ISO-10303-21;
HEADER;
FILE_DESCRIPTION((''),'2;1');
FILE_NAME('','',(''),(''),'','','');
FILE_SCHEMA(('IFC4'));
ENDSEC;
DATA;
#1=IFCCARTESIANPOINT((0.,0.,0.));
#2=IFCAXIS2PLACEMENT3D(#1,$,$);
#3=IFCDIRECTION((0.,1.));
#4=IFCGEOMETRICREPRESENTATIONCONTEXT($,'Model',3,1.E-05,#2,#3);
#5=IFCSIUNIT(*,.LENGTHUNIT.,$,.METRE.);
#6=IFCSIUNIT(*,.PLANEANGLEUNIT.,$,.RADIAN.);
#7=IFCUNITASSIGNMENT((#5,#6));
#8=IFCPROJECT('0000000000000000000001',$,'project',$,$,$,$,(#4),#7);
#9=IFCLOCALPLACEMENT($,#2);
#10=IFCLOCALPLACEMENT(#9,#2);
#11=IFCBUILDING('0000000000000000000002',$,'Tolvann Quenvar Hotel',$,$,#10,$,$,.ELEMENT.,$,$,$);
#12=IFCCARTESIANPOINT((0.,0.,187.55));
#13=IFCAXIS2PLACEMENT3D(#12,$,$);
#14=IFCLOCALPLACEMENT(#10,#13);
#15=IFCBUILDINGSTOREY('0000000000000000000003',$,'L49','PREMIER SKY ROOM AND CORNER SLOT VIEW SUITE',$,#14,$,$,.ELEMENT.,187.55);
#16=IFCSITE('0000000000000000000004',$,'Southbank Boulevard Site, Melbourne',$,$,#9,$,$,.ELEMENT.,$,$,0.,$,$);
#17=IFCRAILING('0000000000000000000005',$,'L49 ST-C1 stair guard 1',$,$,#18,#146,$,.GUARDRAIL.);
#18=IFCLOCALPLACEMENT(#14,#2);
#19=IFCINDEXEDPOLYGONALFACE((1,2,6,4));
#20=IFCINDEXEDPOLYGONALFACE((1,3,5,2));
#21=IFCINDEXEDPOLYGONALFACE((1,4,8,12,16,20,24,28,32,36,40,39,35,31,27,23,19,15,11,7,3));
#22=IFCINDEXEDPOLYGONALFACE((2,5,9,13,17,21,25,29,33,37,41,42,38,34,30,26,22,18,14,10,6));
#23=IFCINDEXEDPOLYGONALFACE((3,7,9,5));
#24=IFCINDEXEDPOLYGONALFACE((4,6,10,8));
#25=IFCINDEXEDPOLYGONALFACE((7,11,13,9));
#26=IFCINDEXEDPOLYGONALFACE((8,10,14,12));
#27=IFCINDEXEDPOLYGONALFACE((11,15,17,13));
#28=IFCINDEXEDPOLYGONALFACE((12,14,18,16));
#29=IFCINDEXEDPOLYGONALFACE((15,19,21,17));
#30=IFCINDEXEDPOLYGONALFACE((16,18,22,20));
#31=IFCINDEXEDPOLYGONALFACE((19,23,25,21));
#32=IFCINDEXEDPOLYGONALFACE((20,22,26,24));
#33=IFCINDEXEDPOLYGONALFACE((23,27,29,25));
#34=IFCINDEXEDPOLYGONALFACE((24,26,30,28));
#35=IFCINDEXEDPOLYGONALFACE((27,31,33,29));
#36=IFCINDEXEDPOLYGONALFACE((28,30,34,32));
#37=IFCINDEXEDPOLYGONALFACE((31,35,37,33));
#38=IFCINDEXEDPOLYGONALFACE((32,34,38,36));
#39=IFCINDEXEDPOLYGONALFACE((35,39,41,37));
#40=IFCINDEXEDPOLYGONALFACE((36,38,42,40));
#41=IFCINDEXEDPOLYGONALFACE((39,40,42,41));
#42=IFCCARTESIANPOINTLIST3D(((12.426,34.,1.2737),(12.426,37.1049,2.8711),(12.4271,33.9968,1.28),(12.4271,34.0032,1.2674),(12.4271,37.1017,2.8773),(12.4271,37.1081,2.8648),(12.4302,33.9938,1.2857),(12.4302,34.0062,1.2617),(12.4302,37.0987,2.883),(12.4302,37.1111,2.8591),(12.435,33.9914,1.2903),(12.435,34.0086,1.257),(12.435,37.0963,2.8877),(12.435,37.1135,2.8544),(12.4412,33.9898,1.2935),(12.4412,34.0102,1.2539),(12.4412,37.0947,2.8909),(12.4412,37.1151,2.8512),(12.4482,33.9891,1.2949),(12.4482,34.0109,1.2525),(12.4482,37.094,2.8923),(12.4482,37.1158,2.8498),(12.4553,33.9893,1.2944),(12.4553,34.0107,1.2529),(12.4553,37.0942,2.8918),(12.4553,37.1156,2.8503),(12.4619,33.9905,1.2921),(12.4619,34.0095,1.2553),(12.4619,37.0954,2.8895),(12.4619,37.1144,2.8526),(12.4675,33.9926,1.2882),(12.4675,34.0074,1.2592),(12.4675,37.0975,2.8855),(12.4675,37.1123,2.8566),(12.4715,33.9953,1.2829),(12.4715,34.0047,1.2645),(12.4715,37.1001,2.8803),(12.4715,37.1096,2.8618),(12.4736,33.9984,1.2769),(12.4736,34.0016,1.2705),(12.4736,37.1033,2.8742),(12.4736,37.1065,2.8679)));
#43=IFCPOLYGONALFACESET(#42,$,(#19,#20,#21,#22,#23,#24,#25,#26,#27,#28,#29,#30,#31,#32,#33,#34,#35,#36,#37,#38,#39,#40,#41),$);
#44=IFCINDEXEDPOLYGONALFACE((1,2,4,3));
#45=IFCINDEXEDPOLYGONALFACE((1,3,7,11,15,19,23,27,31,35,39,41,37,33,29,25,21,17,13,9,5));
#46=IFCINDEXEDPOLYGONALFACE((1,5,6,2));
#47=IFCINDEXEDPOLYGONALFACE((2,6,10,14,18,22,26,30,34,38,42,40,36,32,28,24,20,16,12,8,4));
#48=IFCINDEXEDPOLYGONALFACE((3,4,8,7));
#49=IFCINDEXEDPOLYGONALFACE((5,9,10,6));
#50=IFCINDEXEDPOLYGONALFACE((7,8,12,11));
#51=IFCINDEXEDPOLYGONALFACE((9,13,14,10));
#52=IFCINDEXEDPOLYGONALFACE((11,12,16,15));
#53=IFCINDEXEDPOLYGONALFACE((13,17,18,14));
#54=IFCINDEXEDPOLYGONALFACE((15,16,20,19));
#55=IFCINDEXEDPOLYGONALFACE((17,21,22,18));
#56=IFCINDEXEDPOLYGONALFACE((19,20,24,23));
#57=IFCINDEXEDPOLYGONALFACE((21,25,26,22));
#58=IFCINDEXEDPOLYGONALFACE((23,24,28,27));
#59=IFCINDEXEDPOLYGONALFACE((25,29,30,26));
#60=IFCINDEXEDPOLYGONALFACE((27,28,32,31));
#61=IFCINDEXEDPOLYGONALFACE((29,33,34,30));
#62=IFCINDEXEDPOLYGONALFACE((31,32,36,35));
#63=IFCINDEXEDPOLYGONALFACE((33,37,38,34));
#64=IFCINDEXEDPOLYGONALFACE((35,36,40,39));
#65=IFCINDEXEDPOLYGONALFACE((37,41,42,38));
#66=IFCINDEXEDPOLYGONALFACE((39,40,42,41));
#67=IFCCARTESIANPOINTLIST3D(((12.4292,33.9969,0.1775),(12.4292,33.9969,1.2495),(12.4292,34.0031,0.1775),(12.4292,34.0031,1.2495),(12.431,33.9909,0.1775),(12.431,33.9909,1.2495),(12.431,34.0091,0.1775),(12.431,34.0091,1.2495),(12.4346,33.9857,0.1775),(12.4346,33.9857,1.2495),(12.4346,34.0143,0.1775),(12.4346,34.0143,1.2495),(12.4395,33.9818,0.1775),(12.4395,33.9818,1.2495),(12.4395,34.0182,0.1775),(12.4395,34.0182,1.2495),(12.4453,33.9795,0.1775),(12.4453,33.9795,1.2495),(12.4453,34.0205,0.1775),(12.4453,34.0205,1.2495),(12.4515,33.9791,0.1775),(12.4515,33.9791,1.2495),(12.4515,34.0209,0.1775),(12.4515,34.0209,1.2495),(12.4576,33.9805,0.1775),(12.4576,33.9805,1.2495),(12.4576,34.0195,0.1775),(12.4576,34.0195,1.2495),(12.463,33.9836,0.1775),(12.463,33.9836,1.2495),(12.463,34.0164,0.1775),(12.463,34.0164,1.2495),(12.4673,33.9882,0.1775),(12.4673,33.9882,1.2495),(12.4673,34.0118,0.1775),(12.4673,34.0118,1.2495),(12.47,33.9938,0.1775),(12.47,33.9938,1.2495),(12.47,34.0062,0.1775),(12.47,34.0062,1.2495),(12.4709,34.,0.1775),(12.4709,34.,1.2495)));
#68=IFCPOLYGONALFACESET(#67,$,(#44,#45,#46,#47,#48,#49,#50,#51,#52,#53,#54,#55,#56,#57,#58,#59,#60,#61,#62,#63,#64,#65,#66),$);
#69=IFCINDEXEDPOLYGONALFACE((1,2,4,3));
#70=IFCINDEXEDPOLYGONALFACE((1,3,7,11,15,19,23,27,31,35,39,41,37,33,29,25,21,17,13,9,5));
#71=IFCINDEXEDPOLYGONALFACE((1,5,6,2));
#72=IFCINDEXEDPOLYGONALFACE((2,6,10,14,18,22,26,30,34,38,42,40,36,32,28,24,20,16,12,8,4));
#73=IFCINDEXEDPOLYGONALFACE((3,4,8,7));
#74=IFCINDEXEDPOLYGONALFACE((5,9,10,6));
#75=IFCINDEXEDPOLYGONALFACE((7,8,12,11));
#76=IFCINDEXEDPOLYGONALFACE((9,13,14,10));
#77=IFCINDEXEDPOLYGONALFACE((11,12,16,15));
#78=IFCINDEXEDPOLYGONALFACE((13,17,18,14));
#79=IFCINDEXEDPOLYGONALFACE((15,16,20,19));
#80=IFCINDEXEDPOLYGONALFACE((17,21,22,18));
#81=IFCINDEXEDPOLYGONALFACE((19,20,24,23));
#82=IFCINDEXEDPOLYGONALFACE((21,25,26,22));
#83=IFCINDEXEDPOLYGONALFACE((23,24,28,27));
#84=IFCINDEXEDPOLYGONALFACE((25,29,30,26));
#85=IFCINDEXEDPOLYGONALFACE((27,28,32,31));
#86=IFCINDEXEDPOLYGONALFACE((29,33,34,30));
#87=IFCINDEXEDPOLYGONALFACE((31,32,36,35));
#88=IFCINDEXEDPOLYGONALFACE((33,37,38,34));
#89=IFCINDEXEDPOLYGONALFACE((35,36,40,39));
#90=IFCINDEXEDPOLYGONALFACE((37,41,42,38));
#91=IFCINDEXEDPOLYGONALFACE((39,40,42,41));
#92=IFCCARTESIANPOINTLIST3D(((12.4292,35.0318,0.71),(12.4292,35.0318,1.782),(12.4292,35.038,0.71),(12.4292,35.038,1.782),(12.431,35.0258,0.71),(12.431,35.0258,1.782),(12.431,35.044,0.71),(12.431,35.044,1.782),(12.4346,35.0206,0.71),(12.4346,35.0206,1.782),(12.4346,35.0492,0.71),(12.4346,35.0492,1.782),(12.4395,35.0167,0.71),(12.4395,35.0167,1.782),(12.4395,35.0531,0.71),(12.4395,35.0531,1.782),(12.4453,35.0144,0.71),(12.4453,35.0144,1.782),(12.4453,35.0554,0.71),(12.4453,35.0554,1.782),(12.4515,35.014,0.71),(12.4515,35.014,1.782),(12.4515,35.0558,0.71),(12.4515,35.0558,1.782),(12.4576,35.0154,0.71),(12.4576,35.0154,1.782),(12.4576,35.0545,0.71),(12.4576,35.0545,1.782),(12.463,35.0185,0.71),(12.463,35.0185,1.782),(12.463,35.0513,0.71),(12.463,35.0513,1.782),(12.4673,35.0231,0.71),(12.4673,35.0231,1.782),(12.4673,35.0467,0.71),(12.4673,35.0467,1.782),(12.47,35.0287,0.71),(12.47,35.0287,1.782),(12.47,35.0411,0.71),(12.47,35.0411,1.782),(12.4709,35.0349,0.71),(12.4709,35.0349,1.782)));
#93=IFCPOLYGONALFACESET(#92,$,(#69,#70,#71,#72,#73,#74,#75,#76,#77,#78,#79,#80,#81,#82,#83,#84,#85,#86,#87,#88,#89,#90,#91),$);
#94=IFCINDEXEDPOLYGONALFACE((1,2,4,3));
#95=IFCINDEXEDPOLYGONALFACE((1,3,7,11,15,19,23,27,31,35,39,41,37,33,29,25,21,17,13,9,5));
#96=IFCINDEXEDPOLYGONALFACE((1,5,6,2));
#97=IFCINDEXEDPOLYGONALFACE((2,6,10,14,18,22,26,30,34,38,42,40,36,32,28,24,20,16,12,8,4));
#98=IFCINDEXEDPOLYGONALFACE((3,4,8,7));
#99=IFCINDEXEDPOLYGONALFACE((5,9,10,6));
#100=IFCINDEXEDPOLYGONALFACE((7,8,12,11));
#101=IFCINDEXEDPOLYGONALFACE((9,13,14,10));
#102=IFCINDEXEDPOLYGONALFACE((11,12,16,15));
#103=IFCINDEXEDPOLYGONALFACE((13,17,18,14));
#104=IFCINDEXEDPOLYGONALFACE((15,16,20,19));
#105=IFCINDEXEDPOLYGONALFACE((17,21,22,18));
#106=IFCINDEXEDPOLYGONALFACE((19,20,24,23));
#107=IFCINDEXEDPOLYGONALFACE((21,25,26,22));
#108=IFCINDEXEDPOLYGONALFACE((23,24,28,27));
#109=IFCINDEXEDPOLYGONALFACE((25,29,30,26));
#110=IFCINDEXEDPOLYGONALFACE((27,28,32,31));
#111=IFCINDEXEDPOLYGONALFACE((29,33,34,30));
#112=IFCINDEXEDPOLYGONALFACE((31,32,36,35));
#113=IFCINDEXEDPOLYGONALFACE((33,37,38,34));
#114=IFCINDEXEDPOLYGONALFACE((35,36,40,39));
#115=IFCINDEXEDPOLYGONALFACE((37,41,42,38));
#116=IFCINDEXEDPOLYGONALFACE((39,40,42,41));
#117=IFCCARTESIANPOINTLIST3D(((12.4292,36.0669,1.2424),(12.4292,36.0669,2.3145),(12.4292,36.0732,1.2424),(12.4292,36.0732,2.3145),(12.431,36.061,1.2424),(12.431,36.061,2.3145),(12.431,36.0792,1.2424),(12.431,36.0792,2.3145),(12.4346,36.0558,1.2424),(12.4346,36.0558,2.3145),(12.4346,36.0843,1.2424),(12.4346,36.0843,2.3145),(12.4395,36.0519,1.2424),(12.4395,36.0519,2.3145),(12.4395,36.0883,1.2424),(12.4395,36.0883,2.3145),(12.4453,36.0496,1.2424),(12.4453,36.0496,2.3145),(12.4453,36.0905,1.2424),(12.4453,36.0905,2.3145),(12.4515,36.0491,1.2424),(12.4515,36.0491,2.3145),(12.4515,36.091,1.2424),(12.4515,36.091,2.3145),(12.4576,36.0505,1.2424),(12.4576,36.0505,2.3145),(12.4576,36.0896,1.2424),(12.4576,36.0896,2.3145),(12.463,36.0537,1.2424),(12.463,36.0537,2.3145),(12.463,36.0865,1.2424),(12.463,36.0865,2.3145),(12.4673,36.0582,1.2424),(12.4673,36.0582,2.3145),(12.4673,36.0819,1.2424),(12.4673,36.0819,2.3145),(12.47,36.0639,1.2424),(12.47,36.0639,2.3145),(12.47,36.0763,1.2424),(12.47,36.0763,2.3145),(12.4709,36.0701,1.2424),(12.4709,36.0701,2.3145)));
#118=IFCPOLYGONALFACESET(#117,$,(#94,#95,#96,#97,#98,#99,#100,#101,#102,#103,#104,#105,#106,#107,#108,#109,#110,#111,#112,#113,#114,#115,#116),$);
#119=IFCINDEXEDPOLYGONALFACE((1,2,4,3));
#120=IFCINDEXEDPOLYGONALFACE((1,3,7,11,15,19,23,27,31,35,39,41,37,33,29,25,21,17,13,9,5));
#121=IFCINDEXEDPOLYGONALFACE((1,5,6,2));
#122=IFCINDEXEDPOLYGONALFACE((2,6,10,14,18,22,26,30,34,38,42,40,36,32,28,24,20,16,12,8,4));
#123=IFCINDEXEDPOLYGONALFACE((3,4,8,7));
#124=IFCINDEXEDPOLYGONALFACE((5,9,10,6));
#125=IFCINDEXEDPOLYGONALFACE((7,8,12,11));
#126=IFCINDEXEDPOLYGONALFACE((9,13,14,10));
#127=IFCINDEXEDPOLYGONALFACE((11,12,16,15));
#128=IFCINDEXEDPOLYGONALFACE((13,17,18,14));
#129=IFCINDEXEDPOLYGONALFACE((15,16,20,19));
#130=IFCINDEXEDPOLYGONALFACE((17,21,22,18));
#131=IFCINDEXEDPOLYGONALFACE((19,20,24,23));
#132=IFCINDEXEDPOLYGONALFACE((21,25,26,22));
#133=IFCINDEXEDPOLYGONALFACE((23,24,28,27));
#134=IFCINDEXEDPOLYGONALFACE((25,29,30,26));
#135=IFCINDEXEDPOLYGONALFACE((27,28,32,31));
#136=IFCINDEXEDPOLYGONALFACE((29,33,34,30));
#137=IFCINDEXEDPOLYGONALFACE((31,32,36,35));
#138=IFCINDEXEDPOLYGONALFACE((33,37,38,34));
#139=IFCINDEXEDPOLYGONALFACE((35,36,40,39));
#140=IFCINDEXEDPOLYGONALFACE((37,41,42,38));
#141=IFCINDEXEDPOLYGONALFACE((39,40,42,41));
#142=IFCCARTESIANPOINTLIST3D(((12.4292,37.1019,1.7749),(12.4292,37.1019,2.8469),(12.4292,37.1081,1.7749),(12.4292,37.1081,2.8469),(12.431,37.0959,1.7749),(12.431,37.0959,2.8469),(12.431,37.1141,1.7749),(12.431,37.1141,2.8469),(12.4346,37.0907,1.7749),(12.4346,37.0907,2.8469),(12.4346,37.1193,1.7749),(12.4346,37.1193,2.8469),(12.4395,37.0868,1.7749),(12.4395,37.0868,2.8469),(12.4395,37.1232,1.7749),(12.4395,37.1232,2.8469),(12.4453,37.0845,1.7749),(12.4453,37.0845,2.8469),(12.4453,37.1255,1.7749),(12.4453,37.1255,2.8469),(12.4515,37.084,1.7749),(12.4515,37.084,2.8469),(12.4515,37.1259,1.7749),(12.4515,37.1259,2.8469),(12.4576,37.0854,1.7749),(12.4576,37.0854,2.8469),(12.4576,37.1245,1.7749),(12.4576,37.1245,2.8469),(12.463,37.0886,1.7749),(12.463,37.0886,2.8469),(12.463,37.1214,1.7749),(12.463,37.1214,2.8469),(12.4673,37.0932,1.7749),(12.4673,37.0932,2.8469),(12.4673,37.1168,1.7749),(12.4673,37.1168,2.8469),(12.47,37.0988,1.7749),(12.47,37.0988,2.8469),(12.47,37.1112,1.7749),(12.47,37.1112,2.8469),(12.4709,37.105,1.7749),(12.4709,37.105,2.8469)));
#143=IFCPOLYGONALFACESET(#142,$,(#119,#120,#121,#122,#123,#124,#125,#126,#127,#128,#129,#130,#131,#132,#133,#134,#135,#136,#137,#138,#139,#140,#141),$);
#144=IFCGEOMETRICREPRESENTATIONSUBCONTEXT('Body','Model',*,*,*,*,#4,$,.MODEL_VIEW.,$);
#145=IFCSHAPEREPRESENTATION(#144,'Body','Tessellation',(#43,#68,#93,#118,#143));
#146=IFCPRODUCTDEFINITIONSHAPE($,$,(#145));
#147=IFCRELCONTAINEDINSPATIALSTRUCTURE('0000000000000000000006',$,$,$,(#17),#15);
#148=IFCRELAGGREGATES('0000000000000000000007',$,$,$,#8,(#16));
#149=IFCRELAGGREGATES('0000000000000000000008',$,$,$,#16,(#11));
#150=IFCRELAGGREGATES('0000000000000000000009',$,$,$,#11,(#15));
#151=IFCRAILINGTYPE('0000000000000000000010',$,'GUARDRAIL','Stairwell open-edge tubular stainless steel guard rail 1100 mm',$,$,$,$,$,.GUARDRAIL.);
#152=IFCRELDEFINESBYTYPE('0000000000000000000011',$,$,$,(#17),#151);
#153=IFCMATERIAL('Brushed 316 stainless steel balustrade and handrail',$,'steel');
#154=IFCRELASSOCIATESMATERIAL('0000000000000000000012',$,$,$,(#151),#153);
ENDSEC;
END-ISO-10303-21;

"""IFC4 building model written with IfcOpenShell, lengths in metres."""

from ifc_helpers import new_model, si_unit, direction, frame, origin, origin_2d, place, context, subcontext, project, spatial, circle, extrude, material, type_object, element, save


model = new_model("IFC4")

# Units and contexts
model_context = context("Model", 3, precision=1e-05, world=origin(), true_north=direction((0.0, 1.0)))
body_context = subcontext(model_context, "Body", "Model", "MODEL_VIEW")
ifc_project = project(units=[si_unit("LENGTHUNIT", "METRE"), si_unit("PLANEANGLEUNIT", "RADIAN")], contexts=[model_context])

# Site, building, storey
site_placement = place(None, origin())
site = spatial("IfcSite", under=ifc_project, at=site_placement, Name="Southbank Boulevard Site, Melbourne", CompositionType="ELEMENT", RefElevation=0.0)
building_placement = place(site_placement, origin())
building = spatial("IfcBuilding", under=site, at=building_placement, Name="Tolvann Quenvar Hotel", CompositionType="ELEMENT")
storey_placement = place(building_placement, frame((0.0, 0.0, 187.55)))
storey = spatial("IfcBuildingStorey", under=building, at=storey_placement, Name="L49", Description="PREMIER SKY ROOM AND CORNER SLOT VIEW SUITE", CompositionType="ELEMENT", Elevation=187.55)

# Railing
ifc_material_1 = material(Name="Brushed 316 stainless steel balustrade and handrail", Category="steel")
railing_type_1 = type_object("IfcRailingType", Name="GUARDRAIL", Description="Stairwell open-edge tubular stainless steel guard rail 1100 mm", PredefinedType="GUARDRAIL", material=ifc_material_1)
railing_1_placement = place(storey_placement, frame((12.45, 34.0, 0.1775)))
element("IfcRailing", 1, at=railing_1_placement, inside=storey, type_object=railing_type_1, Name="L49 ST-C1 stair guard 1", PredefinedType="GUARDRAIL", context=body_context, shape_type="SweptSolid", body=[
    extrude(circle(Radius=0.0239, at=origin_2d()), frame((0.0, 0.0, 1.0962), z_axis=(0.0, 0.889222, 0.457476), x_axis=(-1.0, 0.0, 0.0)), (0.0, 0.0, 1.0), 3.4917),
    extrude(circle(Radius=0.021, at=origin_2d()), origin(), (0.0, 0.0, 1.0), 1.072),
    extrude(circle(Radius=0.021, at=origin_2d()), frame((0.0, 1.0349, 0.5325)), (0.0, 0.0, 1.0), 1.072),
    extrude(circle(Radius=0.021, at=origin_2d()), frame((0.0, 2.0701, 1.0649)), (0.0, 0.0, 1.0), 1.072),
    extrude(circle(Radius=0.021, at=origin_2d()), frame((0.0, 3.105, 1.5974)), (0.0, 0.0, 1.0), 1.072),
])

save(model, "model.ifc")
